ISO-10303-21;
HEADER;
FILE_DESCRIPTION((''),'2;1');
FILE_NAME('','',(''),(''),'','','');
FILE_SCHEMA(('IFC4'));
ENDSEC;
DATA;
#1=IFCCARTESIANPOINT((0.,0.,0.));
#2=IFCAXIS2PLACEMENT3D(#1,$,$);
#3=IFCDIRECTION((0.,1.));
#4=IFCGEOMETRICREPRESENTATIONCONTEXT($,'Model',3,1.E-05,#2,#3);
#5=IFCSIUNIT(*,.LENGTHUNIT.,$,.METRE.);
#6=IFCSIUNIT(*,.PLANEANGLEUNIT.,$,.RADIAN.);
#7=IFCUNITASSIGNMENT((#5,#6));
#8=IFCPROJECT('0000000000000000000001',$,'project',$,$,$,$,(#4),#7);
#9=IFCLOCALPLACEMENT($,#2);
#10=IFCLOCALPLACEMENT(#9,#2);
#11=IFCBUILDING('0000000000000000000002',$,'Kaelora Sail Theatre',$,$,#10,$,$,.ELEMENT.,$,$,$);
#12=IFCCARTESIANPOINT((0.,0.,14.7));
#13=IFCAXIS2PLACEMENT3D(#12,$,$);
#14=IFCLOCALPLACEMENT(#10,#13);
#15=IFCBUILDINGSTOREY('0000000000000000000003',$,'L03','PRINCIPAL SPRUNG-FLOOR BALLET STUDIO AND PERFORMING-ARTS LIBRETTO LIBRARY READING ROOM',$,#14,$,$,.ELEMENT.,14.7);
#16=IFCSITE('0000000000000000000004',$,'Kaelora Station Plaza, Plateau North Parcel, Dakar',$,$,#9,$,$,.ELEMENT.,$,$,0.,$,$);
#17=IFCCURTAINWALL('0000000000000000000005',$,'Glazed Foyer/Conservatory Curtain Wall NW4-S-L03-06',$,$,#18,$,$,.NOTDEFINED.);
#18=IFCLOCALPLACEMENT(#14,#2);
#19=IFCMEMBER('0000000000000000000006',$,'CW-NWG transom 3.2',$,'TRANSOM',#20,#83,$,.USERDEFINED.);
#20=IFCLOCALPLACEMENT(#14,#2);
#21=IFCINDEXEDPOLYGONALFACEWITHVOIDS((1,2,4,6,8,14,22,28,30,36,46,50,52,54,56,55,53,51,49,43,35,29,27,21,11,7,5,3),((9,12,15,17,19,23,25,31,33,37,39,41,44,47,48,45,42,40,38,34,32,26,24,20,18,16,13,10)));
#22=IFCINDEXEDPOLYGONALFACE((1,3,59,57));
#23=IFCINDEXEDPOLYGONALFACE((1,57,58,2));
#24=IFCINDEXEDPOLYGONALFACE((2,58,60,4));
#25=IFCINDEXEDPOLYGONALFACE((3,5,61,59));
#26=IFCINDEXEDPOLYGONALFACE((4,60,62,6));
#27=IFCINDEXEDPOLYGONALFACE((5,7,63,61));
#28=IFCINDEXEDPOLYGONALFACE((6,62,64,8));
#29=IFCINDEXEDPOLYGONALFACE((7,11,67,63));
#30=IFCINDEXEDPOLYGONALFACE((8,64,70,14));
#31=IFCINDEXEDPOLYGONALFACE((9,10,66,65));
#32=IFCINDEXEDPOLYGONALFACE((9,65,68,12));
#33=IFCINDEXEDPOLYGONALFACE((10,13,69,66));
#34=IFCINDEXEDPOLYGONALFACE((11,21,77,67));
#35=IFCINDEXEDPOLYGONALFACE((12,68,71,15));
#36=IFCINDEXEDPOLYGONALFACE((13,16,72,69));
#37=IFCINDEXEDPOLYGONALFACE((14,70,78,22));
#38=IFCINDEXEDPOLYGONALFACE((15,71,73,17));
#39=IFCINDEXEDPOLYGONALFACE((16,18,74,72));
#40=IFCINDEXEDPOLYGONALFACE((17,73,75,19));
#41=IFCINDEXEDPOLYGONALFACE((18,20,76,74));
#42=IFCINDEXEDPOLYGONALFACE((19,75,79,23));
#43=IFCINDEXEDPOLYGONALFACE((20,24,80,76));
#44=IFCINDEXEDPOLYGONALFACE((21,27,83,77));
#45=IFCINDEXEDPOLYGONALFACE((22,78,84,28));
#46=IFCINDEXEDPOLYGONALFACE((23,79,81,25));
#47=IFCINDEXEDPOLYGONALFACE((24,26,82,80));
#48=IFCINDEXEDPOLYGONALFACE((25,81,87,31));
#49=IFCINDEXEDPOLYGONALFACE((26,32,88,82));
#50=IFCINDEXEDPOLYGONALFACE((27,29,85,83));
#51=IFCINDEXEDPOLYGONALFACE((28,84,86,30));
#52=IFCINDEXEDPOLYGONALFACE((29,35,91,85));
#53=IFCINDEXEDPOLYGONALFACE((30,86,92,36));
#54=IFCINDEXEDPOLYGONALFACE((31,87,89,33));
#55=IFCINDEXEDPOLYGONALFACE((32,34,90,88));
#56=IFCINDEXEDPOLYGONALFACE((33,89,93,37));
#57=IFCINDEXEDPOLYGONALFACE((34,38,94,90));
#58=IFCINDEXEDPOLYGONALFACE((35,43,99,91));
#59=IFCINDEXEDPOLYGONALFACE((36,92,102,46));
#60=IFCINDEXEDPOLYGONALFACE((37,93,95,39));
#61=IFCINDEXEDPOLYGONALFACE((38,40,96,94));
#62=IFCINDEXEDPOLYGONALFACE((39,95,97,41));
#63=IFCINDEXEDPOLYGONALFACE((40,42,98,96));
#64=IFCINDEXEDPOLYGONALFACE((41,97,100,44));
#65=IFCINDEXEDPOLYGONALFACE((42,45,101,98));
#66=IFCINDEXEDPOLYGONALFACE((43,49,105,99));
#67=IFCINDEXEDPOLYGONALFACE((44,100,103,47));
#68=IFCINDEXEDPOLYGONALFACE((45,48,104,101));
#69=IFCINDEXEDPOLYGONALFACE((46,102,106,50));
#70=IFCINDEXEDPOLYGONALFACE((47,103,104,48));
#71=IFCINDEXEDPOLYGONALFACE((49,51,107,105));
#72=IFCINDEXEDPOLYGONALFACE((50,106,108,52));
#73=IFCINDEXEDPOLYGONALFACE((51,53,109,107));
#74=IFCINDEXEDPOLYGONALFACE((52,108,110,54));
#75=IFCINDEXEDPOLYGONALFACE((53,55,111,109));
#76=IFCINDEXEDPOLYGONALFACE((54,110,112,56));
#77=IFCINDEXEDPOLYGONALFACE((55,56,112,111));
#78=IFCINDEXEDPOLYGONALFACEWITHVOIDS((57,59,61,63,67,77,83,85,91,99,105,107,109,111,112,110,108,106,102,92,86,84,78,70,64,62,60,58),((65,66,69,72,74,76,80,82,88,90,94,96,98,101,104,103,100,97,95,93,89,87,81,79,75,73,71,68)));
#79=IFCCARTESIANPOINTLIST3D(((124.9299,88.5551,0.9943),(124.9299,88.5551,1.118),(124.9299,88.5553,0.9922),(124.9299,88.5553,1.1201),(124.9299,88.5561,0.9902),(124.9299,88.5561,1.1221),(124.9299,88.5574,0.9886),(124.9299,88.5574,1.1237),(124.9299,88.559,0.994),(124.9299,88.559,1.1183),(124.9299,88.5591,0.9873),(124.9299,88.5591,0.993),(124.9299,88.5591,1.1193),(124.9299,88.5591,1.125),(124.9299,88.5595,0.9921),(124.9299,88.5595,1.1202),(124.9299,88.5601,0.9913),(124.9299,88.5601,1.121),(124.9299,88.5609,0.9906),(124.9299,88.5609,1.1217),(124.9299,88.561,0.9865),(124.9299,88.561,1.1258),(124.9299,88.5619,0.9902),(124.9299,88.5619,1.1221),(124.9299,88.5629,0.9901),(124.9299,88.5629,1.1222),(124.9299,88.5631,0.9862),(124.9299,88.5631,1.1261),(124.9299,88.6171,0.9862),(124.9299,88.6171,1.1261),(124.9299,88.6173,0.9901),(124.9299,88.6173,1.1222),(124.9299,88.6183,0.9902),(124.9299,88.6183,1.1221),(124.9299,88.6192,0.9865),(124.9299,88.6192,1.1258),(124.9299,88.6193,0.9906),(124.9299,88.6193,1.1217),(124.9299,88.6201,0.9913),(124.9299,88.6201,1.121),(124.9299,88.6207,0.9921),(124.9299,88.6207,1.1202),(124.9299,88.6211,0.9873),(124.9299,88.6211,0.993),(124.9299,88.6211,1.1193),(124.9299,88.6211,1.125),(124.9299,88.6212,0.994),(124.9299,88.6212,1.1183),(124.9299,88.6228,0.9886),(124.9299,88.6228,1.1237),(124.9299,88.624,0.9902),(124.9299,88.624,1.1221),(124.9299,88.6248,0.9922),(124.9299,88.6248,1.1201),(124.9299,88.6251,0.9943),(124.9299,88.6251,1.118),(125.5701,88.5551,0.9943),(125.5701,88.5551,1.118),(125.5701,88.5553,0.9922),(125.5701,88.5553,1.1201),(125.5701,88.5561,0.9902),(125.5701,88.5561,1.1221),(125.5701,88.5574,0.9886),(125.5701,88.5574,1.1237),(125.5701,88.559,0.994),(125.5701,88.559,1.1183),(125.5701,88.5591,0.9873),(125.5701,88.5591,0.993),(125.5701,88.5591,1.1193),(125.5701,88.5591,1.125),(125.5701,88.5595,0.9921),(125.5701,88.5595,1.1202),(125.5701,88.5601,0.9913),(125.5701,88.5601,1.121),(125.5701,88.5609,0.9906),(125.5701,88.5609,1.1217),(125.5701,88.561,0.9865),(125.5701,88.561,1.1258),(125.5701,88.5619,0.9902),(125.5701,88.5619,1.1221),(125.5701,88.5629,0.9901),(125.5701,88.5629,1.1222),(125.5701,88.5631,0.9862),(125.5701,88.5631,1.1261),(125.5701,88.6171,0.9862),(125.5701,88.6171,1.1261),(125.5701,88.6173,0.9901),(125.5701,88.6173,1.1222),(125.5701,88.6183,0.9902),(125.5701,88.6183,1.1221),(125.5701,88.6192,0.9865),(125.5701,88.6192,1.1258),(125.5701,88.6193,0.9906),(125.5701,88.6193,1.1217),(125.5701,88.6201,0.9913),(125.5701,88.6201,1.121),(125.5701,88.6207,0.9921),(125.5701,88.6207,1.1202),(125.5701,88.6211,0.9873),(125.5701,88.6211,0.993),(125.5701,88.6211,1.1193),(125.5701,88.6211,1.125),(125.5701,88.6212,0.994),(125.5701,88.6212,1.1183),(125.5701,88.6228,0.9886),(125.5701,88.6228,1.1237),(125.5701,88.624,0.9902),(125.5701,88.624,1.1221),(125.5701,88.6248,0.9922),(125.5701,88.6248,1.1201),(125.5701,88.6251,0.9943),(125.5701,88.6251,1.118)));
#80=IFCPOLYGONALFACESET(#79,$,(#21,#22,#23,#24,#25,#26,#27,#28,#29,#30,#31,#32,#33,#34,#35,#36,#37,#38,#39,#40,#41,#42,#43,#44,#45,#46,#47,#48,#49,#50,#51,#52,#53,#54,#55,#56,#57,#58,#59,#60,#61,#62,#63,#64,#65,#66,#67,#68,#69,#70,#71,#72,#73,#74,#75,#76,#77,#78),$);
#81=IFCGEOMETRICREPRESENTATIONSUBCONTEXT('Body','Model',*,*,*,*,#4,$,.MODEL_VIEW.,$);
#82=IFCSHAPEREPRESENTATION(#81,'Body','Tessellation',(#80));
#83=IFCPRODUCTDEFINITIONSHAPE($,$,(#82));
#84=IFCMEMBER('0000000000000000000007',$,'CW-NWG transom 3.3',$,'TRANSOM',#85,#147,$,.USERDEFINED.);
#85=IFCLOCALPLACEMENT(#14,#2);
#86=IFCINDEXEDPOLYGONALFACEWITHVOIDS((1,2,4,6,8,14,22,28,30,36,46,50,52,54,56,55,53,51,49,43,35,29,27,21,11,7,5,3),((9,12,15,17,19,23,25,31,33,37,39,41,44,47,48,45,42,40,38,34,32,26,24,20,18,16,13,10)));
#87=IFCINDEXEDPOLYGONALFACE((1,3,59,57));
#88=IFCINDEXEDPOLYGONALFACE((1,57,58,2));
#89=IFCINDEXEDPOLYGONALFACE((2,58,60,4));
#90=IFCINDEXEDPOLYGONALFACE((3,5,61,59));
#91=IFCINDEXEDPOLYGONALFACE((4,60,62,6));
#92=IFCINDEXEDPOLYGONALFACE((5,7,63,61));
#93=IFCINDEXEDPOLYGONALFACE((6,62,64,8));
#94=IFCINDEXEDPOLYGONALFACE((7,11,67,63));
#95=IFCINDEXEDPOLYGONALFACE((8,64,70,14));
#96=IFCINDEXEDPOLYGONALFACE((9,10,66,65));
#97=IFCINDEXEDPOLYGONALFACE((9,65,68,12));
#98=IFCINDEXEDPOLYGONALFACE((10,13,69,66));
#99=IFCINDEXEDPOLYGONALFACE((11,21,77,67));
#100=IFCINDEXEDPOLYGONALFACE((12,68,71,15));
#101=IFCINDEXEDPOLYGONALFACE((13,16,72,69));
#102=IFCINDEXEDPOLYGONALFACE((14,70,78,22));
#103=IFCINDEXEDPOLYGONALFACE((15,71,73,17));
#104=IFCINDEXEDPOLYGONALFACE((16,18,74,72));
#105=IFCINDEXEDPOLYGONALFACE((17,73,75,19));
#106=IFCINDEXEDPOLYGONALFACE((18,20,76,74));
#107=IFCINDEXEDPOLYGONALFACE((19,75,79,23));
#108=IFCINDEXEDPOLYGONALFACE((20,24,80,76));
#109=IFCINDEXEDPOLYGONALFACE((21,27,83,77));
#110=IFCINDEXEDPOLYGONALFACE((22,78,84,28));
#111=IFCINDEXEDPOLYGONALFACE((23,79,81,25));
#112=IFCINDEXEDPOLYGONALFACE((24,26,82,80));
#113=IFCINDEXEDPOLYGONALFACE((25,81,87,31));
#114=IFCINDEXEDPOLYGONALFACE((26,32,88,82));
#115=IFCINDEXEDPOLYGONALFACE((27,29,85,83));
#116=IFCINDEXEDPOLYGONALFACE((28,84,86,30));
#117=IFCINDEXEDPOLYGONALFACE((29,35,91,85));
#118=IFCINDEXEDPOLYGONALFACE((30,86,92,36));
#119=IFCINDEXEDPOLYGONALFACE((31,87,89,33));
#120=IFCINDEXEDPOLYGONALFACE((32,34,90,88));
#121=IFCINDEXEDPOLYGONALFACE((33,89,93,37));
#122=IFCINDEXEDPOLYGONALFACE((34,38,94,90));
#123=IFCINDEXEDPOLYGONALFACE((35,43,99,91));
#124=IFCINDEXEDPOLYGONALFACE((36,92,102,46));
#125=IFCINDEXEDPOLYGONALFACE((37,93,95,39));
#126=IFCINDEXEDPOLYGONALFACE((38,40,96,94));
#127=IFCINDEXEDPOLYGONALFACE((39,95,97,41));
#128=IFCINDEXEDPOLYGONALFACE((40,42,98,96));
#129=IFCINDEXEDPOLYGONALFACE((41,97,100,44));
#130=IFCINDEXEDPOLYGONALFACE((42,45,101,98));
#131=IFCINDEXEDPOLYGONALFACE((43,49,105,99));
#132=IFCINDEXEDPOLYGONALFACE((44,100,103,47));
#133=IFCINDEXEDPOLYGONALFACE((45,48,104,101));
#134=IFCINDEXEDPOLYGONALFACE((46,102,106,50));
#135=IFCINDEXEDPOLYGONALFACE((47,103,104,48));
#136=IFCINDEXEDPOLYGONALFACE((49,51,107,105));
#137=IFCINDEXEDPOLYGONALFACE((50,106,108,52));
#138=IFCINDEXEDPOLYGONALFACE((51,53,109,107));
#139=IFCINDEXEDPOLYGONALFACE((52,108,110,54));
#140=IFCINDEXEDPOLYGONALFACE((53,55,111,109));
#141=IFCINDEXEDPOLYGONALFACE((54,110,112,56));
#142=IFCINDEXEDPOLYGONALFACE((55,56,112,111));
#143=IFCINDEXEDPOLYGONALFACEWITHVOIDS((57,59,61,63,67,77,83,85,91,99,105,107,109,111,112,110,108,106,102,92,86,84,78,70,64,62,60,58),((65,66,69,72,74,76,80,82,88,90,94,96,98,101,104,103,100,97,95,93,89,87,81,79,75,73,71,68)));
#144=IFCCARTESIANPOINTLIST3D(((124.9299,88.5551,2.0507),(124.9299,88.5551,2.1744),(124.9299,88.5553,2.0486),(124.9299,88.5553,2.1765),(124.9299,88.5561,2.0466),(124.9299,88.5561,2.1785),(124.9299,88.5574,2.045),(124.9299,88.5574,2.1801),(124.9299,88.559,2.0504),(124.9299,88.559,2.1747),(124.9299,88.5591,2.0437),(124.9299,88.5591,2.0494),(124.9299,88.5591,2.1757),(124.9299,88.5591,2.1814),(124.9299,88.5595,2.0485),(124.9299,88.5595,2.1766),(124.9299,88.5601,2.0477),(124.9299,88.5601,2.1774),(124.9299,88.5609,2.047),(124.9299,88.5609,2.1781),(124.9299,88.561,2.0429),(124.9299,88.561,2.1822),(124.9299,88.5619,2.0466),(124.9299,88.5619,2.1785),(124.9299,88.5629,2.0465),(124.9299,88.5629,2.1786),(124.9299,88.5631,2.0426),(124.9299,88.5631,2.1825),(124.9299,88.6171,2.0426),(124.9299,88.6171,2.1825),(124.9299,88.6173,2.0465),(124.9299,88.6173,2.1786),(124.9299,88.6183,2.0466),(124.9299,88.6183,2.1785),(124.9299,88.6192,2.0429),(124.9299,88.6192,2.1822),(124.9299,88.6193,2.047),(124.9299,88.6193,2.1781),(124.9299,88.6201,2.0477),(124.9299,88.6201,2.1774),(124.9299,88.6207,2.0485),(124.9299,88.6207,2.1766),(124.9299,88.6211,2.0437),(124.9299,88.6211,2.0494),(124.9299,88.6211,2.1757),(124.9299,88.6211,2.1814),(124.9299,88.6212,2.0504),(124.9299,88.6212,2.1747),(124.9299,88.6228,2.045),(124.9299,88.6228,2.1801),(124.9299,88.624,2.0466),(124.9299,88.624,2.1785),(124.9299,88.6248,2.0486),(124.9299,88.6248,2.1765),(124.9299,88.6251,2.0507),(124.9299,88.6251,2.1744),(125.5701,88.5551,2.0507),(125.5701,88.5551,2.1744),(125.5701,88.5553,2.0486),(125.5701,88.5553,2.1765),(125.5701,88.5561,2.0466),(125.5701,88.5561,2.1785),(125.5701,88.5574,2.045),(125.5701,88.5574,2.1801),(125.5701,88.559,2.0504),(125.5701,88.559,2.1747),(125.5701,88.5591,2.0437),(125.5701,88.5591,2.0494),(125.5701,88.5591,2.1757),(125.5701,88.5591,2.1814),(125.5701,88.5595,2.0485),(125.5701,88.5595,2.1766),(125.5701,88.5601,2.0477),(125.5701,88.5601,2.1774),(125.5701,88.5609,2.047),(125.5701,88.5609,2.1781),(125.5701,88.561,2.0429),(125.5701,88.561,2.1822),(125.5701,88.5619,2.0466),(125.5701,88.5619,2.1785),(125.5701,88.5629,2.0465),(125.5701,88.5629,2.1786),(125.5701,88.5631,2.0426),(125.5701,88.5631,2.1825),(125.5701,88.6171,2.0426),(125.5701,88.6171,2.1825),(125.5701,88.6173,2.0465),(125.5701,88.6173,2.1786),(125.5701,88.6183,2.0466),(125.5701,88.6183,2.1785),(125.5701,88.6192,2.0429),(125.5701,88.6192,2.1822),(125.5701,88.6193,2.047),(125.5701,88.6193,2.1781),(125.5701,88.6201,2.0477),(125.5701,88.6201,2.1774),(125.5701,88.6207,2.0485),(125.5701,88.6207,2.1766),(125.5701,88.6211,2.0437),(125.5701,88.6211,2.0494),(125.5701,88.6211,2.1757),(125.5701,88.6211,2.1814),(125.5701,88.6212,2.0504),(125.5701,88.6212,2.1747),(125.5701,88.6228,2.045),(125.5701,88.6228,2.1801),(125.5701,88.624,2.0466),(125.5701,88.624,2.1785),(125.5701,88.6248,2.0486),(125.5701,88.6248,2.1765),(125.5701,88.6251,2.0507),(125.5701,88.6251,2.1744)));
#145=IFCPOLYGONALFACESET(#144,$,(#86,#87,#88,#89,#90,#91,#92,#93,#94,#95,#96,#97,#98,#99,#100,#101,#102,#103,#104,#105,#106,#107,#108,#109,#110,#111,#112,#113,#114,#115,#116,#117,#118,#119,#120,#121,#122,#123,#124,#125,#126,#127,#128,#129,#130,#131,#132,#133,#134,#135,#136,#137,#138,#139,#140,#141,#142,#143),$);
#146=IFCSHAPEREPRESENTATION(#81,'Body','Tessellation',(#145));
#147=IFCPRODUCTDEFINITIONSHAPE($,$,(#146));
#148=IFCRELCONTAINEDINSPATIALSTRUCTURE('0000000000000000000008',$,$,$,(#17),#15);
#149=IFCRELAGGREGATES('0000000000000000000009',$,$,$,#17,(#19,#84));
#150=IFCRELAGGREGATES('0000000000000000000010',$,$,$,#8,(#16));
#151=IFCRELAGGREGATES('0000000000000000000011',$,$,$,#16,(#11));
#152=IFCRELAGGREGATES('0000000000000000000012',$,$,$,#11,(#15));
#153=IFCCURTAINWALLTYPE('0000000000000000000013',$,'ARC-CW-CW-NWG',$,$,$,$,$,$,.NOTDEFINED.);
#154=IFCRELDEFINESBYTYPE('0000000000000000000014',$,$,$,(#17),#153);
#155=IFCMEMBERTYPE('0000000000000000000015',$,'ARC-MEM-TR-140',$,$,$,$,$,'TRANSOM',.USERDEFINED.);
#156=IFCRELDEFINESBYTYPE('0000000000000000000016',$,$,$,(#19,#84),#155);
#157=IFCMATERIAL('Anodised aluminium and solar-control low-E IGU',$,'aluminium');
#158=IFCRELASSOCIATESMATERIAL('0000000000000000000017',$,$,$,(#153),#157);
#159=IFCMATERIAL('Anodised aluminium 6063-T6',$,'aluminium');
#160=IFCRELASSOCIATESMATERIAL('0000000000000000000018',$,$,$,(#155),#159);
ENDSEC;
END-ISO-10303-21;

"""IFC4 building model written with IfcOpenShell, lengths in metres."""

from ifc_helpers import new_model, si_unit, direction, frame, origin, origin_2d, place, context, subcontext, project, spatial, hollow_rectangle, extrude, material, material_profile, profile_set, type_object, element, aggregate, save


model = new_model("IFC4")

# Units and contexts
model_context = context("Model", 3, precision=1e-05, world=origin(), true_north=direction((0.0, 1.0)))
body_context = subcontext(model_context, "Body", "Model", "MODEL_VIEW")
ifc_project = project(units=[si_unit("LENGTHUNIT", "METRE"), si_unit("PLANEANGLEUNIT", "RADIAN")], contexts=[model_context])

# Site, building, storey
site_placement = place(None, origin())
site = spatial("IfcSite", under=ifc_project, at=site_placement, Name="Kaelora Station Plaza, Plateau North Parcel, Dakar", CompositionType="ELEMENT", RefElevation=0.0)
building_placement = place(site_placement, origin())
building = spatial("IfcBuilding", under=site, at=building_placement, Name="Kaelora Sail Theatre", CompositionType="ELEMENT")
storey_placement = place(building_placement, frame((0.0, 0.0, 14.7)))
storey = spatial("IfcBuildingStorey", under=building, at=storey_placement, Name="L03", Description="PRINCIPAL SPRUNG-FLOOR BALLET STUDIO AND PERFORMING-ARTS LIBRETTO LIBRARY READING ROOM", CompositionType="ELEMENT", Elevation=14.7)

# Curtain wall, members
ifc_material_1 = material(Name="Anodised aluminium and solar-control low-E IGU", Category="aluminium")
curtain_wall_type = type_object("IfcCurtainWallType", Name="ARC-CW-CW-NWG", PredefinedType="NOTDEFINED", material=ifc_material_1)
curtain_wall_placement = place(storey_placement, origin())
curtain_wall = element("IfcCurtainWall", 1, at=curtain_wall_placement, inside=storey, type_object=curtain_wall_type, Name="Glazed Foyer/Conservatory Curtain Wall NW4-S-L03-06", PredefinedType="NOTDEFINED")
ifc_material_2 = material(Name="Anodised aluminium 6063-T6", Category="aluminium")
ifc_material_profile_1 = material_profile(ifc_material_2, hollow_rectangle(XDim=0.0701, YDim=0.1399, WallThickness=0.0039, InnerFilletRadius=0.0039, OuterFilletRadius=0.0081, at=origin_2d()), Name="ALU-TRAN 70x140x4")
ifc_profile_set_1 = profile_set([ifc_material_profile_1], Name="Anodised aluminium 6063-T6")
member_type_1 = type_object("IfcMemberType", Name="ARC-MEM-TR-140", ElementType="TRANSOM", PredefinedType="USERDEFINED", material=ifc_profile_set_1)
member_1_placement = place(storey_placement, frame((124.9299, 88.5901, 1.0562), z_axis=(1.0, 0.0, 0.0), x_axis=(0.0, 1.0, 0.0)))
member_1 = element("IfcMember", 2, at=member_1_placement, type_object=member_type_1, Name="CW-NWG transom 3.2", ObjectType="TRANSOM", PredefinedType="USERDEFINED", context=body_context, shape_type="SweptSolid", body=[
    extrude(hollow_rectangle(XDim=0.0701, YDim=0.1399, WallThickness=0.0039, InnerFilletRadius=0.0039, OuterFilletRadius=0.0081, at=origin_2d()), origin(), (0.0, 0.0, 1.0), 0.6401),
])
member_2_placement = place(storey_placement, frame((124.9299, 88.5901, 2.1125), z_axis=(1.0, 0.0, 0.0), x_axis=(0.0, 1.0, 0.0)))
member_2 = element("IfcMember", 3, at=member_2_placement, type_object=member_type_1, Name="CW-NWG transom 3.3", ObjectType="TRANSOM", PredefinedType="USERDEFINED", context=body_context, shape_type="SweptSolid", body=[
    extrude(hollow_rectangle(XDim=0.0701, YDim=0.1399, WallThickness=0.0039, InnerFilletRadius=0.0039, OuterFilletRadius=0.0081, at=origin_2d()), origin(), (0.0, 0.0, 1.0), 0.6401),
])
aggregate(curtain_wall, [member_1, member_2])

save(model, "model.ifc")
